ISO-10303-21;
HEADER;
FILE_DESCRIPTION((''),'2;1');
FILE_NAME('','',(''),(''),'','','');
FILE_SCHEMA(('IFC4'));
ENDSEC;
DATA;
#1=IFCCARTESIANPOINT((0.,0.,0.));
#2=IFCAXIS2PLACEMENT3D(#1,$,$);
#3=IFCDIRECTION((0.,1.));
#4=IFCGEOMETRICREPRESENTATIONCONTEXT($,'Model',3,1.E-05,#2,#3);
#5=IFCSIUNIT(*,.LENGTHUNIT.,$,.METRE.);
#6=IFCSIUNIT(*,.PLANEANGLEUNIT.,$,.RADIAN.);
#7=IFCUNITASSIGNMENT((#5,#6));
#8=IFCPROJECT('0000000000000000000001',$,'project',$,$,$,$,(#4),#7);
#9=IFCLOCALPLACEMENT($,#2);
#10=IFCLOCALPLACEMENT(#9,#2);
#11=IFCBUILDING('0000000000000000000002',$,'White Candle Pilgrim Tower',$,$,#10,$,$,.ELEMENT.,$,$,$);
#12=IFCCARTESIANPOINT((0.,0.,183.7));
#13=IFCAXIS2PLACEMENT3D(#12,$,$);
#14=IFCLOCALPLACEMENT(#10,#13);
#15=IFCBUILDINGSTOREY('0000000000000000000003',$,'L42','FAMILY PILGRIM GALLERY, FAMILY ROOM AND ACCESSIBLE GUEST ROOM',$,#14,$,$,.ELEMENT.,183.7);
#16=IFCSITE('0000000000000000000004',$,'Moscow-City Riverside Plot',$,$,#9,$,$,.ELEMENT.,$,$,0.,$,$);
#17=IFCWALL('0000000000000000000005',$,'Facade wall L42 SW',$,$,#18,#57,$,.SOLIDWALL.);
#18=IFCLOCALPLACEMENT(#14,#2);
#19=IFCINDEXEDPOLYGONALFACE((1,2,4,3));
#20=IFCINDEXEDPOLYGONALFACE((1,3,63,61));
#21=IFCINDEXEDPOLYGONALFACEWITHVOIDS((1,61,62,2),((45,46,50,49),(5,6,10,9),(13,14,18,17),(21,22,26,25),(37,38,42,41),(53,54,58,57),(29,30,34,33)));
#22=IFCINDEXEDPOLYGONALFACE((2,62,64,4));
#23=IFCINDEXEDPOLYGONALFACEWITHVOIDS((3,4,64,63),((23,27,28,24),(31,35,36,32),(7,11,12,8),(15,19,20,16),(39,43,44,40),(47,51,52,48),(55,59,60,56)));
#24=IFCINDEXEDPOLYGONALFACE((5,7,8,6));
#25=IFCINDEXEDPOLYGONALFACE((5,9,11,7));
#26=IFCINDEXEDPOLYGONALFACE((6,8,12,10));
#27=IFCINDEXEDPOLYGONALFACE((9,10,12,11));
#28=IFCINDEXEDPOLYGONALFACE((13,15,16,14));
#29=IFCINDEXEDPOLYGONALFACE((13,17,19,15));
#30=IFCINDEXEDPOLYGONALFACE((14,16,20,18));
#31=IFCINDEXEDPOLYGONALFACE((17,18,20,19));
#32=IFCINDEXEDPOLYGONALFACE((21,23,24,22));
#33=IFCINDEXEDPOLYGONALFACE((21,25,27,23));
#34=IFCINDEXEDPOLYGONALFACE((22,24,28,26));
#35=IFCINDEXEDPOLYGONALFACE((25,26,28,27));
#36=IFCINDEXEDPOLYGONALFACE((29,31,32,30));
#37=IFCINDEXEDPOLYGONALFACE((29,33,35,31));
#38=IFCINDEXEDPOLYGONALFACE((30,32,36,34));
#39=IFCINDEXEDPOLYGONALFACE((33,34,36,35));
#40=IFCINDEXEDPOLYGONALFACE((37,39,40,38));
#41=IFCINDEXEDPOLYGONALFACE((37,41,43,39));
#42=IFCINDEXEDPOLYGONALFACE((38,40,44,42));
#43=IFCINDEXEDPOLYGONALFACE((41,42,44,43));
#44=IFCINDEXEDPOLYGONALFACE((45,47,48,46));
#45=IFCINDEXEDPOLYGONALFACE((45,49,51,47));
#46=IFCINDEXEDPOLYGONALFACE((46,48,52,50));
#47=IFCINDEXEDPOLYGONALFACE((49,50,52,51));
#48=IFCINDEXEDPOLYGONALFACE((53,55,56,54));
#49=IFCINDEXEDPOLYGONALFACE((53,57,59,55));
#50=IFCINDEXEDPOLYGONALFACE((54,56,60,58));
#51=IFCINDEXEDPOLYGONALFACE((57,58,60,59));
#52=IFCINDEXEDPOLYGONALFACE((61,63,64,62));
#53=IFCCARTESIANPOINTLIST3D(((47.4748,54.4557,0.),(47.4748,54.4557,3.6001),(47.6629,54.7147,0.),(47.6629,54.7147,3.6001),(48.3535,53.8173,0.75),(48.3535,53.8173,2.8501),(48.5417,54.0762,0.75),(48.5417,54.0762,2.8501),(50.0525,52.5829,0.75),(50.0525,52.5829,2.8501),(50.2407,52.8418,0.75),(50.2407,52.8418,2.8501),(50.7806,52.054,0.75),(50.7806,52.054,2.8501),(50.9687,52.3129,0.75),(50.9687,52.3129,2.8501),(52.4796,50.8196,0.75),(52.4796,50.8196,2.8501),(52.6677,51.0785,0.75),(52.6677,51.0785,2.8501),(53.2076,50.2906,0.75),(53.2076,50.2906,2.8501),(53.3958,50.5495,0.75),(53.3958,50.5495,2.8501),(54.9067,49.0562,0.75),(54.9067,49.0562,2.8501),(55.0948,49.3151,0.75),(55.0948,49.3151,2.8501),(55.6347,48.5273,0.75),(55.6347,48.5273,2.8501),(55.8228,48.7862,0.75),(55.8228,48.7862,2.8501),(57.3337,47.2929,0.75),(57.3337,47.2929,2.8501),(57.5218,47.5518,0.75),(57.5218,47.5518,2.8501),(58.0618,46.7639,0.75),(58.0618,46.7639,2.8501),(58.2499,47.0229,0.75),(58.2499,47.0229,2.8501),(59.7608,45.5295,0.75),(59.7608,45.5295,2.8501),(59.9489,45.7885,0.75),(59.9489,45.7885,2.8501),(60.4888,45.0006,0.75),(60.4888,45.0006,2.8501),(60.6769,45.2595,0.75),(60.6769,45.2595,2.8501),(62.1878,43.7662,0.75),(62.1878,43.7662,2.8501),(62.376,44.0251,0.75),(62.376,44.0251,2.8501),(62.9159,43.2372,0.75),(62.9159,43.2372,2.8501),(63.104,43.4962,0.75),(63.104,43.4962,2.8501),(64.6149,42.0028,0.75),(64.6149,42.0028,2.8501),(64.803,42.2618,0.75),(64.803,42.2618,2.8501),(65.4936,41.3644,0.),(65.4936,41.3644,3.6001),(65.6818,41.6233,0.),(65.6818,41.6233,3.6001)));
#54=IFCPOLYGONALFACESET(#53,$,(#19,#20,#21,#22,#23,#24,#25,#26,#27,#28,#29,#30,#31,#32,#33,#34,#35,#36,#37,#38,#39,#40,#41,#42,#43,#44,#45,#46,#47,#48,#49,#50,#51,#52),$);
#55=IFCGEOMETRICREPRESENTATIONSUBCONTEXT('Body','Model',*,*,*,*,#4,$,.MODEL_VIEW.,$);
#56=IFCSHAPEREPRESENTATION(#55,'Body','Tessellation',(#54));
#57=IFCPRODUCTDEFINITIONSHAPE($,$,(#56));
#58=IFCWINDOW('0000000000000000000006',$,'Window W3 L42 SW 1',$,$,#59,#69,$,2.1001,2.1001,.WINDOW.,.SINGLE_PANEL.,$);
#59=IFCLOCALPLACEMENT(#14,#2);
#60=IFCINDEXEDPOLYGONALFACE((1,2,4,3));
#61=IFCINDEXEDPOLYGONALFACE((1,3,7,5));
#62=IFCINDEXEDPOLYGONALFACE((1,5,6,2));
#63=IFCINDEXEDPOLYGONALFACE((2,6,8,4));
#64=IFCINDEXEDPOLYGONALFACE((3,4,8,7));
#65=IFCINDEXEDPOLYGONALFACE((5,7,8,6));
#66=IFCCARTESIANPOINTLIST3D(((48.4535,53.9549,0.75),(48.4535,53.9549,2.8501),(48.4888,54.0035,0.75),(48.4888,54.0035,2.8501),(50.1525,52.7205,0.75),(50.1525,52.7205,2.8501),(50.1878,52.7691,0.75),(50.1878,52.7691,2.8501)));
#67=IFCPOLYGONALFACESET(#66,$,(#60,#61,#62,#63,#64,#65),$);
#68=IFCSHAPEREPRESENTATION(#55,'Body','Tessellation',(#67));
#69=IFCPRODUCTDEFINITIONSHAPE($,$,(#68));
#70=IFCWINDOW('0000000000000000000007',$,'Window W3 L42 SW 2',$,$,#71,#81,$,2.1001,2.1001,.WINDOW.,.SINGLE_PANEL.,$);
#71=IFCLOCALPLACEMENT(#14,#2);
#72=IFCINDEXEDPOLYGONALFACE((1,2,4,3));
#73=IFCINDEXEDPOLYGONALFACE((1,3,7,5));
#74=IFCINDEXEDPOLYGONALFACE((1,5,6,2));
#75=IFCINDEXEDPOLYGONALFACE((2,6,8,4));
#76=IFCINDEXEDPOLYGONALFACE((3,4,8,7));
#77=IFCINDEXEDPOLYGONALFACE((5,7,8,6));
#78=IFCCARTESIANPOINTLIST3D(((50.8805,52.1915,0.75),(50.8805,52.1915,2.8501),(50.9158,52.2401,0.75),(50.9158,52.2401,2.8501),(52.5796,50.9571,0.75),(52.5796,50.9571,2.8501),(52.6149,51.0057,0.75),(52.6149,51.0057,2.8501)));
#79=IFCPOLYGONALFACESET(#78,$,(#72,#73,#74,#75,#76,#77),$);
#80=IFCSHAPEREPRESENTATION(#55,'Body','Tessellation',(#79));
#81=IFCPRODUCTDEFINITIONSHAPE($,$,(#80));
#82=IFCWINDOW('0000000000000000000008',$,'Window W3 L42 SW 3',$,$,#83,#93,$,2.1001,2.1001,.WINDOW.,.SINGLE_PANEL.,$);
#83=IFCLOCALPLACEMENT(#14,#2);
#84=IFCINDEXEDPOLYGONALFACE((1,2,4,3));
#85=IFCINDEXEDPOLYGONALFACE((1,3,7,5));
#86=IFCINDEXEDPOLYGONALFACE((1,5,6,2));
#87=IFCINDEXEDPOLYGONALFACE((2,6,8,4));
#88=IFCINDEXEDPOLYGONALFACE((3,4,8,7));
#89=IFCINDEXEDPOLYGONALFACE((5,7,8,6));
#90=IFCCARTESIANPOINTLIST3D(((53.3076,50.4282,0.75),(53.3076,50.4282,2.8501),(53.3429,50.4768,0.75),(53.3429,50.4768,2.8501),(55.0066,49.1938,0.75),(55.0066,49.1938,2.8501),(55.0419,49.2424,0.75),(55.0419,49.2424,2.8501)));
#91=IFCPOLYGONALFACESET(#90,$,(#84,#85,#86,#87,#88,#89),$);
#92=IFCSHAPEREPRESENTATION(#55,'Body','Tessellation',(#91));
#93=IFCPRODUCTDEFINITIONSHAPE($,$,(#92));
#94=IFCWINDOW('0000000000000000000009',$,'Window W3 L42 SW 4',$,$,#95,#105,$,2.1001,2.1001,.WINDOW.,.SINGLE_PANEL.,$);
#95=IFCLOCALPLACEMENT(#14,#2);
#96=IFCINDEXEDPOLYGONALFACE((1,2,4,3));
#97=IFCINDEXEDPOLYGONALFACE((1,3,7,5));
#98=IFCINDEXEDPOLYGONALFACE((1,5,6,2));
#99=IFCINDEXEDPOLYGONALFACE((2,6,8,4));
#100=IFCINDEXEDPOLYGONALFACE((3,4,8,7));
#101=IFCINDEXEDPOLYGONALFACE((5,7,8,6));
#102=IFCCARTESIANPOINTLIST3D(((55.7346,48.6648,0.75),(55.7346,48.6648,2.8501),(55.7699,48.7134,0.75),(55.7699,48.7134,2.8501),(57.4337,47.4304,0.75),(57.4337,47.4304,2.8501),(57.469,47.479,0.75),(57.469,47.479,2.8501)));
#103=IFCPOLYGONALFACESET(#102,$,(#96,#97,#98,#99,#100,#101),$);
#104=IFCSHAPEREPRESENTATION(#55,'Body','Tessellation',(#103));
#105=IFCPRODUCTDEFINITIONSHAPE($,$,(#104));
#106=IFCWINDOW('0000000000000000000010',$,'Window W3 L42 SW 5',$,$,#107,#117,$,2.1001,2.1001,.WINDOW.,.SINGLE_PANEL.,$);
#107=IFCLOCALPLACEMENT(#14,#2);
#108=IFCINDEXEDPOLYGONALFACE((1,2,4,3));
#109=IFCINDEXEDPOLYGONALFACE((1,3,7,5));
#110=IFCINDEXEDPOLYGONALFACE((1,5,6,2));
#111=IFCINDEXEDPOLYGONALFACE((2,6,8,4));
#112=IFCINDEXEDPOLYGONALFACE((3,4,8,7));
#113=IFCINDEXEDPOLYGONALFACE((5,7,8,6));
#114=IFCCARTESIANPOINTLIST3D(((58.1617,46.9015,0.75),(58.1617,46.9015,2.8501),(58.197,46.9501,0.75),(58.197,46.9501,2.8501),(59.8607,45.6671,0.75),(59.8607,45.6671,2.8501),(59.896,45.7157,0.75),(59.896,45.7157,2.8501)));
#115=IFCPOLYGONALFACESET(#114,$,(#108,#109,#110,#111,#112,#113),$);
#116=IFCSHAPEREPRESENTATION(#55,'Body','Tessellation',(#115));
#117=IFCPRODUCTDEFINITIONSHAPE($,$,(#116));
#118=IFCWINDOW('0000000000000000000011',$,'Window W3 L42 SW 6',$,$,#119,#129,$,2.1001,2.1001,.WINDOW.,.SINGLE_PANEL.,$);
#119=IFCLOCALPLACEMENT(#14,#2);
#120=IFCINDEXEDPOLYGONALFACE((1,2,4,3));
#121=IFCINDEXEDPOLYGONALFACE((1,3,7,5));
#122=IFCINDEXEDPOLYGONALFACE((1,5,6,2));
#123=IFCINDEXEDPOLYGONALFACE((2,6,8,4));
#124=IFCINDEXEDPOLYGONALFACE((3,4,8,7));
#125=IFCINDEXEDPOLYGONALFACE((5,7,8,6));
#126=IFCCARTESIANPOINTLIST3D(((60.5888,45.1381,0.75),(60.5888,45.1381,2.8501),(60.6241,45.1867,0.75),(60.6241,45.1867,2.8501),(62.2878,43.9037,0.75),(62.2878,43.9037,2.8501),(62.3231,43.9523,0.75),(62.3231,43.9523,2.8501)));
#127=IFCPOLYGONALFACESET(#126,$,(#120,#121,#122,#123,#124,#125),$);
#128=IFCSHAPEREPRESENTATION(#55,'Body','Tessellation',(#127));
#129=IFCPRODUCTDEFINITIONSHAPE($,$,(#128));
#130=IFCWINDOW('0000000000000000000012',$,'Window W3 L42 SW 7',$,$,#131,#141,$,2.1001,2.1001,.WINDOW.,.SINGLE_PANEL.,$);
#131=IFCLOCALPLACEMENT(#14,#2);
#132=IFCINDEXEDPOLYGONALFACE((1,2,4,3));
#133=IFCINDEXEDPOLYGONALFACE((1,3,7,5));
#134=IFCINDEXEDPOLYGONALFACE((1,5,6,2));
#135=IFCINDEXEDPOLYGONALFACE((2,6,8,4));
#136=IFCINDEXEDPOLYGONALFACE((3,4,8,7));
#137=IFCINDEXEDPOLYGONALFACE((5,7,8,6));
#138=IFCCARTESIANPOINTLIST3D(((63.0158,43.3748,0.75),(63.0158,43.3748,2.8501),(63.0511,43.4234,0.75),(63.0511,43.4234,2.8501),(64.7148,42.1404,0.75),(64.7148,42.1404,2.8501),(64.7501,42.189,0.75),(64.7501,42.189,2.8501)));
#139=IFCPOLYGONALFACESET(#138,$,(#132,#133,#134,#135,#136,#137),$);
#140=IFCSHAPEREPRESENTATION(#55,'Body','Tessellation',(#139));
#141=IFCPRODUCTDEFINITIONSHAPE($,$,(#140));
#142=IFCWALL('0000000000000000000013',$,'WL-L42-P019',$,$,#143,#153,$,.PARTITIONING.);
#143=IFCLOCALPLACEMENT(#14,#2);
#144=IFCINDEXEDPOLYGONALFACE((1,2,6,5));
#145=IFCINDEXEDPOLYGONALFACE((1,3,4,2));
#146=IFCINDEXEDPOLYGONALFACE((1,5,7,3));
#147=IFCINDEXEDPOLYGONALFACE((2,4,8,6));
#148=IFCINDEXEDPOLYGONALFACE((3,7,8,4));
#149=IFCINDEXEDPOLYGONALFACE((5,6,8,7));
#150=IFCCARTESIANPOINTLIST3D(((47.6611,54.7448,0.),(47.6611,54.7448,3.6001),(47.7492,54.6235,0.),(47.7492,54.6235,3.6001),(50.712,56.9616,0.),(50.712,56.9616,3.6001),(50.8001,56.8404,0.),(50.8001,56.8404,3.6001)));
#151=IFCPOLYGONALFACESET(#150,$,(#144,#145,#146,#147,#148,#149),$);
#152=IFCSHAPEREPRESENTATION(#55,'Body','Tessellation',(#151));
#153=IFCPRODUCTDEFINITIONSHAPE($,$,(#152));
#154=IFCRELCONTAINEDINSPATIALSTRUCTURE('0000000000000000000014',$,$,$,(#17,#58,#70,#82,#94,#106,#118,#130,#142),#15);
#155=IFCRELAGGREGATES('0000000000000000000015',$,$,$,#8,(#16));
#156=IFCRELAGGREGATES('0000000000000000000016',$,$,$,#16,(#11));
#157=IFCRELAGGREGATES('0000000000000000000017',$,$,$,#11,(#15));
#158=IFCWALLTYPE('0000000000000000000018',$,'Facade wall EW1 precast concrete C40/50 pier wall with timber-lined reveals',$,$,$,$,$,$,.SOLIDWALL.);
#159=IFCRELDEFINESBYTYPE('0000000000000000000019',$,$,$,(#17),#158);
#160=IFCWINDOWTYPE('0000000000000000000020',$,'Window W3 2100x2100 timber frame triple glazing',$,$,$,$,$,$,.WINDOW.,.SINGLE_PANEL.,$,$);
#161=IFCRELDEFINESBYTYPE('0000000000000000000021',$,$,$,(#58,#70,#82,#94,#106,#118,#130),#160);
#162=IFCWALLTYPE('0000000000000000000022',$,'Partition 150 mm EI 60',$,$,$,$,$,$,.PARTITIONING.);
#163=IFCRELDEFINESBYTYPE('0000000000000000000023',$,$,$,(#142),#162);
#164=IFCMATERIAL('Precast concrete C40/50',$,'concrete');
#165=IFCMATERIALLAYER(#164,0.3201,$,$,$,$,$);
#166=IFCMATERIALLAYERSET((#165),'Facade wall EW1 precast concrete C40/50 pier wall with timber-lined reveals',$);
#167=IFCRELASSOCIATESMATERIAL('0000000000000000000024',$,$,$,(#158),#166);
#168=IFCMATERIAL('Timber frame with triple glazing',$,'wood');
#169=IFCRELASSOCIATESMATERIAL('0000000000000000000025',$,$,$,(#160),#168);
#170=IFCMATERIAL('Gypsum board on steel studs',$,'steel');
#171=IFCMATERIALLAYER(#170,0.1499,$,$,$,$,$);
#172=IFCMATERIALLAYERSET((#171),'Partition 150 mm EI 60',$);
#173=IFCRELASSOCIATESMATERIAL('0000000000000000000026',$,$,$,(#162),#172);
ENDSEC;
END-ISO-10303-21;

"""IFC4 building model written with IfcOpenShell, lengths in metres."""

from ifc_helpers import new_model, si_unit, direction, frame, frame_2d, origin, place, context, subcontext, project, spatial, rectangle, extrude, material, layer, layer_set, type_object, element, fill, save


model = new_model("IFC4")

# Units and contexts
model_context = context("Model", 3, precision=1e-05, world=origin(), true_north=direction((0.0, 1.0)))
body_context = subcontext(model_context, "Body", "Model", "MODEL_VIEW")
ifc_project = project(units=[si_unit("LENGTHUNIT", "METRE"), si_unit("PLANEANGLEUNIT", "RADIAN")], contexts=[model_context])

# Site, building, storey
site_placement = place(None, origin())
site = spatial("IfcSite", under=ifc_project, at=site_placement, Name="Moscow-City Riverside Plot", CompositionType="ELEMENT", RefElevation=0.0)
building_placement = place(site_placement, origin())
building = spatial("IfcBuilding", under=site, at=building_placement, Name="White Candle Pilgrim Tower", CompositionType="ELEMENT")
storey_placement = place(building_placement, frame((0.0, 0.0, 183.7)))
storey = spatial("IfcBuildingStorey", under=building, at=storey_placement, Name="L42", Description="FAMILY PILGRIM GALLERY, FAMILY ROOM AND ACCESSIBLE GUEST ROOM", CompositionType="ELEMENT", Elevation=183.7)

# Wall, openings, windows
ifc_material_1 = material(Name="Precast concrete C40/50", Category="concrete")
ifc_layer_1 = layer(ifc_material_1, 0.3201)
ifc_layer_set_1 = layer_set([ifc_layer_1], Name="Facade wall EW1 precast concrete C40/50 pier wall with timber-lined reveals")
wall_type_1 = type_object("IfcWallType", Name="Facade wall EW1 precast concrete C40/50 pier wall with timber-lined reveals", PredefinedType="SOLIDWALL", material=ifc_layer_set_1)
wall_1_placement = place(storey_placement, frame((47.5688, 54.5852, 0.0), z_axis=(0.0, 0.0, 1.0), x_axis=(0.809019, -0.587782, 0.0)))
wall_1 = element("IfcWall", 1, at=wall_1_placement, inside=storey, type_object=wall_type_1, Name="Facade wall L42 SW", PredefinedType="SOLIDWALL", context=body_context, shape_type="SweptSolid", body=[
    extrude(rectangle(XDim=22.2725, YDim=0.3201, at=frame_2d((11.1362, 0.0))), origin(), (0.0, 0.0, 1.0), 3.6001),
])
opening_1_placement = place(wall_1_placement, frame((1.0862, 0.0, 0.75)))
opening_1 = element("IfcOpeningElement", 2, at=opening_1_placement, cuts=wall_1, PredefinedType="OPENING", context=body_context, shape_type="SweptSolid", body=[
    extrude(rectangle(XDim=2.1001, YDim=2.1001, at=frame_2d((1.05, 1.05))), frame((0.0, 0.1699, 0.0), z_axis=(0.0, -1.0, 0.0), x_axis=(1.0, 0.0, 0.0)), (0.0, 0.0, 1.0), 0.3401),
])
opening_2_placement = place(wall_1_placement, frame((4.0862, 0.0, 0.75)))
opening_2 = element("IfcOpeningElement", 3, at=opening_2_placement, cuts=wall_1, PredefinedType="OPENING", context=body_context, shape_type="SweptSolid", body=[
    extrude(rectangle(XDim=2.1001, YDim=2.1001, at=frame_2d((1.05, 1.05))), frame((0.0, 0.1699, 0.0), z_axis=(0.0, -1.0, 0.0), x_axis=(1.0, 0.0, 0.0)), (0.0, 0.0, 1.0), 0.3401),
])
opening_3_placement = place(wall_1_placement, frame((7.0862, 0.0, 0.75)))
opening_3 = element("IfcOpeningElement", 4, at=opening_3_placement, cuts=wall_1, PredefinedType="OPENING", context=body_context, shape_type="SweptSolid", body=[
    extrude(rectangle(XDim=2.1001, YDim=2.1001, at=frame_2d((1.05, 1.05))), frame((0.0, 0.1699, 0.0), z_axis=(0.0, -1.0, 0.0), x_axis=(1.0, 0.0, 0.0)), (0.0, 0.0, 1.0), 0.3401),
])
opening_4_placement = place(wall_1_placement, frame((10.0862, 0.0, 0.75)))
opening_4 = element("IfcOpeningElement", 5, at=opening_4_placement, cuts=wall_1, PredefinedType="OPENING", context=body_context, shape_type="SweptSolid", body=[
    extrude(rectangle(XDim=2.1001, YDim=2.1001, at=frame_2d((1.05, 1.05))), frame((0.0, 0.1699, 0.0), z_axis=(0.0, -1.0, 0.0), x_axis=(1.0, 0.0, 0.0)), (0.0, 0.0, 1.0), 0.3401),
])
opening_5_placement = place(wall_1_placement, frame((13.0862, 0.0, 0.75)))
opening_5 = element("IfcOpeningElement", 6, at=opening_5_placement, cuts=wall_1, PredefinedType="OPENING", context=body_context, shape_type="SweptSolid", body=[
    extrude(rectangle(XDim=2.1001, YDim=2.1001, at=frame_2d((1.05, 1.05))), frame((0.0, 0.1699, 0.0), z_axis=(0.0, -1.0, 0.0), x_axis=(1.0, 0.0, 0.0)), (0.0, 0.0, 1.0), 0.3401),
])
opening_6_placement = place(wall_1_placement, frame((16.0862, 0.0, 0.75)))
opening_6 = element("IfcOpeningElement", 7, at=opening_6_placement, cuts=wall_1, PredefinedType="OPENING", context=body_context, shape_type="SweptSolid", body=[
    extrude(rectangle(XDim=2.1001, YDim=2.1001, at=frame_2d((1.05, 1.05))), frame((0.0, 0.1699, 0.0), z_axis=(0.0, -1.0, 0.0), x_axis=(1.0, 0.0, 0.0)), (0.0, 0.0, 1.0), 0.3401),
])
opening_7_placement = place(wall_1_placement, frame((19.0862, 0.0, 0.75)))
opening_7 = element("IfcOpeningElement", 8, at=opening_7_placement, cuts=wall_1, PredefinedType="OPENING", context=body_context, shape_type="SweptSolid", body=[
    extrude(rectangle(XDim=2.1001, YDim=2.1001, at=frame_2d((1.05, 1.05))), frame((0.0, 0.1699, 0.0), z_axis=(0.0, -1.0, 0.0), x_axis=(1.0, 0.0, 0.0)), (0.0, 0.0, 1.0), 0.3401),
])
ifc_material_2 = material(Name="Timber frame with triple glazing", Category="wood")
window_type = type_object("IfcWindowType", Name="Window W3 2100x2100 timber frame triple glazing", PartitioningType="SINGLE_PANEL", PredefinedType="WINDOW", material=ifc_material_2)
window_1_placement = place(opening_1_placement, origin())
window_1 = element("IfcWindow", 9, at=window_1_placement, inside=storey, type_object=window_type, Name="Window W3 L42 SW 1", OverallHeight=2.1001, OverallWidth=2.1001, PartitioningType="SINGLE_PANEL", PredefinedType="WINDOW", context=body_context, shape_type="SweptSolid", body=[
    extrude(rectangle(XDim=2.1001, YDim=2.1001, at=frame_2d((1.05, 1.05))), frame((0.0, 0.0701, 0.0), z_axis=(0.0, -1.0, 0.0), x_axis=(1.0, 0.0, 0.0)), (0.0, 0.0, 1.0), 0.0601),
])
fill(opening_1, window_1)
window_2_placement = place(opening_2_placement, origin())
window_2 = element("IfcWindow", 10, at=window_2_placement, inside=storey, type_object=window_type, Name="Window W3 L42 SW 2", OverallHeight=2.1001, OverallWidth=2.1001, PartitioningType="SINGLE_PANEL", PredefinedType="WINDOW", context=body_context, shape_type="SweptSolid", body=[
    extrude(rectangle(XDim=2.1001, YDim=2.1001, at=frame_2d((1.05, 1.05))), frame((0.0, 0.0701, 0.0), z_axis=(0.0, -1.0, 0.0), x_axis=(1.0, 0.0, 0.0)), (0.0, 0.0, 1.0), 0.0601),
])
fill(opening_2, window_2)
window_3_placement = place(opening_3_placement, origin())
window_3 = element("IfcWindow", 11, at=window_3_placement, inside=storey, type_object=window_type, Name="Window W3 L42 SW 3", OverallHeight=2.1001, OverallWidth=2.1001, PartitioningType="SINGLE_PANEL", PredefinedType="WINDOW", context=body_context, shape_type="SweptSolid", body=[
    extrude(rectangle(XDim=2.1001, YDim=2.1001, at=frame_2d((1.05, 1.05))), frame((0.0, 0.0701, 0.0), z_axis=(0.0, -1.0, 0.0), x_axis=(1.0, 0.0, 0.0)), (0.0, 0.0, 1.0), 0.0601),
])
fill(opening_3, window_3)
window_4_placement = place(opening_4_placement, origin())
window_4 = element("IfcWindow", 12, at=window_4_placement, inside=storey, type_object=window_type, Name="Window W3 L42 SW 4", OverallHeight=2.1001, OverallWidth=2.1001, PartitioningType="SINGLE_PANEL", PredefinedType="WINDOW", context=body_context, shape_type="SweptSolid", body=[
    extrude(rectangle(XDim=2.1001, YDim=2.1001, at=frame_2d((1.05, 1.05))), frame((0.0, 0.0701, 0.0), z_axis=(0.0, -1.0, 0.0), x_axis=(1.0, 0.0, 0.0)), (0.0, 0.0, 1.0), 0.0601),
])
fill(opening_4, window_4)
window_5_placement = place(opening_5_placement, origin())
window_5 = element("IfcWindow", 13, at=window_5_placement, inside=storey, type_object=window_type, Name="Window W3 L42 SW 5", OverallHeight=2.1001, OverallWidth=2.1001, PartitioningType="SINGLE_PANEL", PredefinedType="WINDOW", context=body_context, shape_type="SweptSolid", body=[
    extrude(rectangle(XDim=2.1001, YDim=2.1001, at=frame_2d((1.05, 1.05))), frame((0.0, 0.0701, 0.0), z_axis=(0.0, -1.0, 0.0), x_axis=(1.0, 0.0, 0.0)), (0.0, 0.0, 1.0), 0.0601),
])
fill(opening_5, window_5)
window_6_placement = place(opening_6_placement, origin())
window_6 = element("IfcWindow", 14, at=window_6_placement, inside=storey, type_object=window_type, Name="Window W3 L42 SW 6", OverallHeight=2.1001, OverallWidth=2.1001, PartitioningType="SINGLE_PANEL", PredefinedType="WINDOW", context=body_context, shape_type="SweptSolid", body=[
    extrude(rectangle(XDim=2.1001, YDim=2.1001, at=frame_2d((1.05, 1.05))), frame((0.0, 0.0701, 0.0), z_axis=(0.0, -1.0, 0.0), x_axis=(1.0, 0.0, 0.0)), (0.0, 0.0, 1.0), 0.0601),
])
fill(opening_6, window_6)
window_7_placement = place(opening_7_placement, origin())
window_7 = element("IfcWindow", 15, at=window_7_placement, inside=storey, type_object=window_type, Name="Window W3 L42 SW 7", OverallHeight=2.1001, OverallWidth=2.1001, PartitioningType="SINGLE_PANEL", PredefinedType="WINDOW", context=body_context, shape_type="SweptSolid", body=[
    extrude(rectangle(XDim=2.1001, YDim=2.1001, at=frame_2d((1.05, 1.05))), frame((0.0, 0.0701, 0.0), z_axis=(0.0, -1.0, 0.0), x_axis=(1.0, 0.0, 0.0)), (0.0, 0.0, 1.0), 0.0601),
])
fill(opening_7, window_7)

# Wall
ifc_material_3 = material(Name="Gypsum board on steel studs", Category="steel")
ifc_layer_2 = layer(ifc_material_3, 0.1499)
ifc_layer_set_2 = layer_set([ifc_layer_2], Name="Partition 150 mm EI 60")
wall_type_2 = type_object("IfcWallType", Name="Partition 150 mm EI 60", PredefinedType="PARTITIONING", material=ifc_layer_set_2)
wall_2_placement = place(storey_placement, frame((47.7051, 54.6841, 0.0), z_axis=(0.0, 0.0, 1.0), x_axis=(0.808982, 0.587833, 0.0)))
element("IfcWall", 16, at=wall_2_placement, inside=storey, type_object=wall_type_2, Name="WL-L42-P019", PredefinedType="PARTITIONING", context=body_context, shape_type="SweptSolid", body=[
    extrude(rectangle(XDim=3.7712, YDim=0.1499, at=frame_2d((1.8857, 0.0))), origin(), (0.0, 0.0, 1.0), 3.6001),
])

save(model, "model.ifc")
